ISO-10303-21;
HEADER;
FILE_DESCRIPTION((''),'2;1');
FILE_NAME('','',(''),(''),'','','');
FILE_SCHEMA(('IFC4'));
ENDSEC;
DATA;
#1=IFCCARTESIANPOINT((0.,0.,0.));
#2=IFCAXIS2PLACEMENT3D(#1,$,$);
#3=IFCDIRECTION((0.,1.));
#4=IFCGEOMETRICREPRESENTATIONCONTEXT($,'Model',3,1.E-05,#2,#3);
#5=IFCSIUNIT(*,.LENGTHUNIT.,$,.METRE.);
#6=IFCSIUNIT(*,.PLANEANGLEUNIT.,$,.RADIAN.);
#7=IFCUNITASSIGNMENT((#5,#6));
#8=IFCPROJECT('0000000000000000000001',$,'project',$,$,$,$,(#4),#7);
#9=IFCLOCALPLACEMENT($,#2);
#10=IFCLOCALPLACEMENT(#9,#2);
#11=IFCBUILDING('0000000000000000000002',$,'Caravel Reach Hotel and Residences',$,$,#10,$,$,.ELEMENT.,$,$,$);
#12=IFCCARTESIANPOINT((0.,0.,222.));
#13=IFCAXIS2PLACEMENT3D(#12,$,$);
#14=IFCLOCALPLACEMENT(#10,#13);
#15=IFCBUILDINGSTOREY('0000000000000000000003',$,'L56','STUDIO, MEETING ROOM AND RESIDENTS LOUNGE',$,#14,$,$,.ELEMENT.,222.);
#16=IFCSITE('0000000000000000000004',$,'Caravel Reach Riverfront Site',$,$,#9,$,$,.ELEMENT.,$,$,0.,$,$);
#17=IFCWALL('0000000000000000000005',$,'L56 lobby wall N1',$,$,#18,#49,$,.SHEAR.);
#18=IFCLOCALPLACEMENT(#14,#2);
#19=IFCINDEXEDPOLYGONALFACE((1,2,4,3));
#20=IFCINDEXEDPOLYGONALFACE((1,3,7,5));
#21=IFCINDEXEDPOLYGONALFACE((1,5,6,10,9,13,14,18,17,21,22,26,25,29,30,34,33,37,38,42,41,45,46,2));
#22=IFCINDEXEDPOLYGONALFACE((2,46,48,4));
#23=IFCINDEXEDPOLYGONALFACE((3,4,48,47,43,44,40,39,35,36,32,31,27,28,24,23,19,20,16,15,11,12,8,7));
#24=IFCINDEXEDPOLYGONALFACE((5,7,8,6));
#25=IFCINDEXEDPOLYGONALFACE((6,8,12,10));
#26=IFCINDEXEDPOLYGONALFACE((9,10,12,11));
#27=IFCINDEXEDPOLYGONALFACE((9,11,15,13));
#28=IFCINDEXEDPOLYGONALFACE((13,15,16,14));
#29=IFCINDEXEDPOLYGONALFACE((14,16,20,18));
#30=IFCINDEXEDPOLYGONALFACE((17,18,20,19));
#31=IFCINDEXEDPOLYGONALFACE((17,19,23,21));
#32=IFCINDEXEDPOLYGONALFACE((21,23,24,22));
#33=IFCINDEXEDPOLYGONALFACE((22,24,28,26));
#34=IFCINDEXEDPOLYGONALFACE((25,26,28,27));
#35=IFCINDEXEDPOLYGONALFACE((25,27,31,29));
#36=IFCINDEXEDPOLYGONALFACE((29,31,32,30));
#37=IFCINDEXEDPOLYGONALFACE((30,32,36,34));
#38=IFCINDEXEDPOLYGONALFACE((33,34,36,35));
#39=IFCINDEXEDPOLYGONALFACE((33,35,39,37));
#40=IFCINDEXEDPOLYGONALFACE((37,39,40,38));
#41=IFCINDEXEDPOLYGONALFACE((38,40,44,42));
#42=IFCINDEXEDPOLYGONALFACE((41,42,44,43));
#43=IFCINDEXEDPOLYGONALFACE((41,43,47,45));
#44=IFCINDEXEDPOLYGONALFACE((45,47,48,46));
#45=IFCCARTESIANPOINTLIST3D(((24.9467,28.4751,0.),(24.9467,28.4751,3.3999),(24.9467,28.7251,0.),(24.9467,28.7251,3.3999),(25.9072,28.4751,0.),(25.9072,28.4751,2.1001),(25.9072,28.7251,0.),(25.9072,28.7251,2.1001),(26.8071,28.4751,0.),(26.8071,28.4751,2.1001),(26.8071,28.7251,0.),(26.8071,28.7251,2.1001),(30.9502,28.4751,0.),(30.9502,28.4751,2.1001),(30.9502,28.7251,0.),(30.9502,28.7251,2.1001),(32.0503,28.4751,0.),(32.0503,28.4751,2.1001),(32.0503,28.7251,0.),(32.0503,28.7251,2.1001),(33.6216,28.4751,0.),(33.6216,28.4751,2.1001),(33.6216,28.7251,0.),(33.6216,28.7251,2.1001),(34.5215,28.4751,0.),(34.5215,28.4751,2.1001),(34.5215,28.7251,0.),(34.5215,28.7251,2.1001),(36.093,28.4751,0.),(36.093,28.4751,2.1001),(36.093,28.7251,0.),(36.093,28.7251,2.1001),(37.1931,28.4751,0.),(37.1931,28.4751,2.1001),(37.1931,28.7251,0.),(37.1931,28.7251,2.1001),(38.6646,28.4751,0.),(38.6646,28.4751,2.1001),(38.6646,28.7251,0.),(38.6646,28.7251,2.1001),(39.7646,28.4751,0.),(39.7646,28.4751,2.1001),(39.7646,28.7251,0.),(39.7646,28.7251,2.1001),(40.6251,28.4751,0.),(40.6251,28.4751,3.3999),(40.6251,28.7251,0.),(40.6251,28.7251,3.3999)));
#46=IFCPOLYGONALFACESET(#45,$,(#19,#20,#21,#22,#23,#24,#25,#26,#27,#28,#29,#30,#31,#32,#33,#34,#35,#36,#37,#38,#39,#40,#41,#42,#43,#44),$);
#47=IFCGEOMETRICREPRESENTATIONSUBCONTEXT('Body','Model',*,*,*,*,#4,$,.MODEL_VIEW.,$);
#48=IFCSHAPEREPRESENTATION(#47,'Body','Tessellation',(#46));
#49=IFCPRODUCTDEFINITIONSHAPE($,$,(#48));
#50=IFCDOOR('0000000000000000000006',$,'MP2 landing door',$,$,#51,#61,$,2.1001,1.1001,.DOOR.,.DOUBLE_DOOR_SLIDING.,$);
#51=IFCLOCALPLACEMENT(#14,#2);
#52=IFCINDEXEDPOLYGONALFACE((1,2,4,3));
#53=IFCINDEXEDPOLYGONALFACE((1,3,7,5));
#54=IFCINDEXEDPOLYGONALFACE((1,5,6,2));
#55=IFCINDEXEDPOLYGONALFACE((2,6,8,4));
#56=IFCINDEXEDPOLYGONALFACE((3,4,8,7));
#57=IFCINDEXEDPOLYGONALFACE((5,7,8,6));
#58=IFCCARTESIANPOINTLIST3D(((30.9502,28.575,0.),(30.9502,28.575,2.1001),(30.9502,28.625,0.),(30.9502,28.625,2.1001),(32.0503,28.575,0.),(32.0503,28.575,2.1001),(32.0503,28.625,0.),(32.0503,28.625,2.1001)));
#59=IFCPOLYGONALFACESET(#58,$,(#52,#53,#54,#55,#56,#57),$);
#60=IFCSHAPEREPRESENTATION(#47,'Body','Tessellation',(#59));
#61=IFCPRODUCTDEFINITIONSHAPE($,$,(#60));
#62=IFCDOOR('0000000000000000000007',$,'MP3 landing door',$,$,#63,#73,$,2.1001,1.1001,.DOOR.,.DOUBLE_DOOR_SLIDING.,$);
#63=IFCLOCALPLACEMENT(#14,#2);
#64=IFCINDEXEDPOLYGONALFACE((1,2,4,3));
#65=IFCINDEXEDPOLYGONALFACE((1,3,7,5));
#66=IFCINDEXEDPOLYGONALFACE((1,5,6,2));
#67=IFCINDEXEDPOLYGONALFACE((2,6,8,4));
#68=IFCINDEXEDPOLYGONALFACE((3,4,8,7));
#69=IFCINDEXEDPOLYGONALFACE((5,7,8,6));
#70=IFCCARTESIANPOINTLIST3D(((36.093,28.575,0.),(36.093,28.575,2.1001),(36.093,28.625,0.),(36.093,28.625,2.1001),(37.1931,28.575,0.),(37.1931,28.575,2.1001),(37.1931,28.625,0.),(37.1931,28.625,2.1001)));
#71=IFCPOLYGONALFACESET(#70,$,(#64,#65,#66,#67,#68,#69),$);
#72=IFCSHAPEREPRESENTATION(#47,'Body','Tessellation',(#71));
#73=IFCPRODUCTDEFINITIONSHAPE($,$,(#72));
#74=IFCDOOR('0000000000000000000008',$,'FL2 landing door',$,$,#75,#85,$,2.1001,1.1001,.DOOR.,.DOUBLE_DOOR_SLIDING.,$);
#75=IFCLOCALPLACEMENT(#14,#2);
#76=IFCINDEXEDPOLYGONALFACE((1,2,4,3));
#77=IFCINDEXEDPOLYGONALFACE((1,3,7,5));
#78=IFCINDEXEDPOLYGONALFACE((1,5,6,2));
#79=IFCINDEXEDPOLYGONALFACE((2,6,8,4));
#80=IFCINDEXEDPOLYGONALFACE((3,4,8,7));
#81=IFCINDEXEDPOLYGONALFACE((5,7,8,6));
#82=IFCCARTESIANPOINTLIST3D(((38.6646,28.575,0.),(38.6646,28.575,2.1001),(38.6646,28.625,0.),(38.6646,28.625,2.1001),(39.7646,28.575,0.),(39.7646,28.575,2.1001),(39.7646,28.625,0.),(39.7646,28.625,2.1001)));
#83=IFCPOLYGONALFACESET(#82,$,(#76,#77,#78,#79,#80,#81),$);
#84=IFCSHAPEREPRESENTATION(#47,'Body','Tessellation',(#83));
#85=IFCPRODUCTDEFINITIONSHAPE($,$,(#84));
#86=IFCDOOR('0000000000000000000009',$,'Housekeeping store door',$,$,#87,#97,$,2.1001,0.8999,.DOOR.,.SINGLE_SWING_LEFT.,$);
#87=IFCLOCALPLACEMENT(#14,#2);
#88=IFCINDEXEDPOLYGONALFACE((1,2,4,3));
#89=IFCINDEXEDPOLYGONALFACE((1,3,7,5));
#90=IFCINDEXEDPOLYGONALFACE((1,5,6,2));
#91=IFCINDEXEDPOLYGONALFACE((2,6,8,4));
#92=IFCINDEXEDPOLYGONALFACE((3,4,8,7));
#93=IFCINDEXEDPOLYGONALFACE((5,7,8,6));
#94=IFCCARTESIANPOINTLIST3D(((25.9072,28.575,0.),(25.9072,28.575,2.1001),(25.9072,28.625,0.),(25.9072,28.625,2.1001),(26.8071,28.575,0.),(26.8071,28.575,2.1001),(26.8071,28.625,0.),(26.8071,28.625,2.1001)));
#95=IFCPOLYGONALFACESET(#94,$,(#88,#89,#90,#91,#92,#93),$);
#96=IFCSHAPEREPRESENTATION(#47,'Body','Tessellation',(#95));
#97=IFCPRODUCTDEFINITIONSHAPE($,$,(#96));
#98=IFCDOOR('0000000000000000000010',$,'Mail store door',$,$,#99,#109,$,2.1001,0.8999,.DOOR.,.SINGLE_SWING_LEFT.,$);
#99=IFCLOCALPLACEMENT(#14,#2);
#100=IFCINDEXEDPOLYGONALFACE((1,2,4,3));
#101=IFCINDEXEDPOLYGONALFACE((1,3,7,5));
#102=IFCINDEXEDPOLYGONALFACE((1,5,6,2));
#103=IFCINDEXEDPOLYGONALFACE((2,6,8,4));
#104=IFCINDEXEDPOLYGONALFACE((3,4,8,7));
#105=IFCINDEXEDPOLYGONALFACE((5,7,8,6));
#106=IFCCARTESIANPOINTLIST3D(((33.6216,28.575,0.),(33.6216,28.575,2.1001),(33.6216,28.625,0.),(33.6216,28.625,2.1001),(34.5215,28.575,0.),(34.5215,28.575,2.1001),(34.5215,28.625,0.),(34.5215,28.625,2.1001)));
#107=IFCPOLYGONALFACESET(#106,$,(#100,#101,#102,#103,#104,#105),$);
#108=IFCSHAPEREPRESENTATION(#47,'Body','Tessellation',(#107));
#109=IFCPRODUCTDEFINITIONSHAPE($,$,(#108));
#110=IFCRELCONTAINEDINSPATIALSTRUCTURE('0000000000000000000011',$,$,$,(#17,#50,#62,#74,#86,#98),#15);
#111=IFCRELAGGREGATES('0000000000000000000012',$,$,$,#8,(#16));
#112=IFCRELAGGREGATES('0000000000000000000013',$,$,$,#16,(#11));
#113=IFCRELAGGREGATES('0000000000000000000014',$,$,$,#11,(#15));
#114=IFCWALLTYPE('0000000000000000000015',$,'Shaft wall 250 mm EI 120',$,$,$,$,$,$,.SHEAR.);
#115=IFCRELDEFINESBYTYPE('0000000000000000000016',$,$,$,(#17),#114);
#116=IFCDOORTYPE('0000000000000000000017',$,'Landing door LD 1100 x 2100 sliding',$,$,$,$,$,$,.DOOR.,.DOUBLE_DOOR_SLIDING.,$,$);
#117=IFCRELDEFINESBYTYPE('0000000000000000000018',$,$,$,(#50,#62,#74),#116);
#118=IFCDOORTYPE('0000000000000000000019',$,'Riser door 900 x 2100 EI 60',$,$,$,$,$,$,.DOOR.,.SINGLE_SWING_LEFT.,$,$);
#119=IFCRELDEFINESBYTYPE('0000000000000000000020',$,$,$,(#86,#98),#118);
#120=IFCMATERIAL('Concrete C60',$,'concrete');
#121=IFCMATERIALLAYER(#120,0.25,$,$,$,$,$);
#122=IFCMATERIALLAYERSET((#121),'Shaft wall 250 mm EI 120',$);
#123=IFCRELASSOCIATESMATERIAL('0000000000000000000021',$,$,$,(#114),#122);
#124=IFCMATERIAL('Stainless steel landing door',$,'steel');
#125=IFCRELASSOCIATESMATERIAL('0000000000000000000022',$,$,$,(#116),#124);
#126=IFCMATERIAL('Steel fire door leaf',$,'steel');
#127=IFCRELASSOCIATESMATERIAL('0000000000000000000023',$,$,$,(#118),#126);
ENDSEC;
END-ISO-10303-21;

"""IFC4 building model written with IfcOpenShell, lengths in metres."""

from ifc_helpers import new_model, si_unit, direction, frame, frame_2d, origin, place, context, subcontext, project, spatial, rectangle, extrude, material, layer, layer_set, type_object, element, fill, save


model = new_model("IFC4")

# Units and contexts
model_context = context("Model", 3, precision=1e-05, world=origin(), true_north=direction((0.0, 1.0)))
body_context = subcontext(model_context, "Body", "Model", "MODEL_VIEW")
ifc_project = project(units=[si_unit("LENGTHUNIT", "METRE"), si_unit("PLANEANGLEUNIT", "RADIAN")], contexts=[model_context])

# Site, building, storey
site_placement = place(None, origin())
site = spatial("IfcSite", under=ifc_project, at=site_placement, Name="Caravel Reach Riverfront Site", CompositionType="ELEMENT", RefElevation=0.0)
building_placement = place(site_placement, origin())
building = spatial("IfcBuilding", under=site, at=building_placement, Name="Caravel Reach Hotel and Residences", CompositionType="ELEMENT")
storey_placement = place(building_placement, frame((0.0, 0.0, 222.0)))
storey = spatial("IfcBuildingStorey", under=building, at=storey_placement, Name="L56", Description="STUDIO, MEETING ROOM AND RESIDENTS LOUNGE", CompositionType="ELEMENT", Elevation=222.0)

# Wall, openings, doors
ifc_material_1 = material(Name="Concrete C60", Category="concrete")
ifc_layer_1 = layer(ifc_material_1, 0.25)
ifc_layer_set_1 = layer_set([ifc_layer_1], Name="Shaft wall 250 mm EI 120")
wall_type_1 = type_object("IfcWallType", Name="Shaft wall 250 mm EI 120", PredefinedType="SHEAR", material=ifc_layer_set_1)
ifc_material_2 = material(Name="Stainless steel landing door", Category="steel")
door_type_1 = type_object("IfcDoorType", Name="Landing door LD 1100 x 2100 sliding", OperationType="DOUBLE_DOOR_SLIDING", PredefinedType="DOOR", material=ifc_material_2)
ifc_material_3 = material(Name="Steel fire door leaf", Category="steel")
door_type_2 = type_object("IfcDoorType", Name="Riser door 900 x 2100 EI 60", OperationType="SINGLE_SWING_LEFT", PredefinedType="DOOR", material=ifc_material_3)
wall_1_placement = place(storey_placement, frame((24.9465, 28.6001, 0.0), z_axis=(0.0, 0.0, 1.0), x_axis=(1.0, 0.0, 0.0)))
wall_1 = element("IfcWall", 1, at=wall_1_placement, inside=storey, type_object=wall_type_1, Name="L56 lobby wall N1", PredefinedType="SHEAR", context=body_context, shape_type="SweptSolid", body=[
    extrude(rectangle(XDim=15.6785, YDim=0.25, at=frame_2d((7.8394, 0.0))), origin(), (0.0, 0.0, 1.0), 3.3999),
])
opening_1_placement = place(wall_1_placement, frame((6.0037, 0.0, 0.0)))
opening_1 = element("IfcOpeningElement", 2, at=opening_1_placement, cuts=wall_1, PredefinedType="OPENING", context=body_context, shape_type="SweptSolid", body=[
    extrude(rectangle(XDim=1.1001, YDim=2.1001, at=frame_2d((0.55, 1.05))), frame((0.0, 0.135, 0.0), z_axis=(0.0, -1.0, 0.0), x_axis=(1.0, 0.0, 0.0)), (0.0, 0.0, 1.0), 0.27),
])
opening_2_placement = place(wall_1_placement, frame((11.1465, 0.0, 0.0)))
opening_2 = element("IfcOpeningElement", 3, at=opening_2_placement, cuts=wall_1, PredefinedType="OPENING", context=body_context, shape_type="SweptSolid", body=[
    extrude(rectangle(XDim=1.1001, YDim=2.1001, at=frame_2d((0.55, 1.05))), frame((0.0, 0.135, 0.0), z_axis=(0.0, -1.0, 0.0), x_axis=(1.0, 0.0, 0.0)), (0.0, 0.0, 1.0), 0.27),
])
opening_3_placement = place(wall_1_placement, frame((13.718, 0.0, 0.0)))
opening_3 = element("IfcOpeningElement", 4, at=opening_3_placement, cuts=wall_1, PredefinedType="OPENING", context=body_context, shape_type="SweptSolid", body=[
    extrude(rectangle(XDim=1.1001, YDim=2.1001, at=frame_2d((0.55, 1.05))), frame((0.0, 0.135, 0.0), z_axis=(0.0, -1.0, 0.0), x_axis=(1.0, 0.0, 0.0)), (0.0, 0.0, 1.0), 0.27),
])
opening_4_placement = place(wall_1_placement, frame((0.9607, 0.0, 0.0)))
opening_4 = element("IfcOpeningElement", 5, at=opening_4_placement, cuts=wall_1, PredefinedType="OPENING", context=body_context, shape_type="SweptSolid", body=[
    extrude(rectangle(XDim=0.8999, YDim=2.1001, at=frame_2d((0.45, 1.05))), frame((0.0, 0.135, 0.0), z_axis=(0.0, -1.0, 0.0), x_axis=(1.0, 0.0, 0.0)), (0.0, 0.0, 1.0), 0.27),
])
opening_5_placement = place(wall_1_placement, frame((8.675, 0.0, 0.0)))
opening_5 = element("IfcOpeningElement", 6, at=opening_5_placement, cuts=wall_1, PredefinedType="OPENING", context=body_context, shape_type="SweptSolid", body=[
    extrude(rectangle(XDim=0.8999, YDim=2.1001, at=frame_2d((0.45, 1.05))), frame((0.0, 0.135, 0.0), z_axis=(0.0, -1.0, 0.0), x_axis=(1.0, 0.0, 0.0)), (0.0, 0.0, 1.0), 0.27),
])
door_1_placement = place(opening_1_placement, origin())
door_1 = element("IfcDoor", 7, at=door_1_placement, inside=storey, type_object=door_type_1, Name="MP2 landing door", OperationType="DOUBLE_DOOR_SLIDING", OverallHeight=2.1001, OverallWidth=1.1001, PredefinedType="DOOR", context=body_context, shape_type="SweptSolid", body=[
    extrude(rectangle(XDim=1.1001, YDim=2.1001, at=frame_2d((0.55, 1.05))), frame((0.0, 0.0249, 0.0), z_axis=(0.0, -1.0, 0.0), x_axis=(1.0, 0.0, 0.0)), (0.0, 0.0, 1.0), 0.05),
])
fill(opening_1, door_1)
door_2_placement = place(opening_2_placement, origin())
door_2 = element("IfcDoor", 8, at=door_2_placement, inside=storey, type_object=door_type_1, Name="MP3 landing door", OperationType="DOUBLE_DOOR_SLIDING", OverallHeight=2.1001, OverallWidth=1.1001, PredefinedType="DOOR", context=body_context, shape_type="SweptSolid", body=[
    extrude(rectangle(XDim=1.1001, YDim=2.1001, at=frame_2d((0.55, 1.05))), frame((0.0, 0.0249, 0.0), z_axis=(0.0, -1.0, 0.0), x_axis=(1.0, 0.0, 0.0)), (0.0, 0.0, 1.0), 0.05),
])
fill(opening_2, door_2)
door_3_placement = place(opening_3_placement, origin())
door_3 = element("IfcDoor", 9, at=door_3_placement, inside=storey, type_object=door_type_1, Name="FL2 landing door", OperationType="DOUBLE_DOOR_SLIDING", OverallHeight=2.1001, OverallWidth=1.1001, PredefinedType="DOOR", context=body_context, shape_type="SweptSolid", body=[
    extrude(rectangle(XDim=1.1001, YDim=2.1001, at=frame_2d((0.55, 1.05))), frame((0.0, 0.0249, 0.0), z_axis=(0.0, -1.0, 0.0), x_axis=(1.0, 0.0, 0.0)), (0.0, 0.0, 1.0), 0.05),
])
fill(opening_3, door_3)
door_4_placement = place(opening_4_placement, origin())
door_4 = element("IfcDoor", 10, at=door_4_placement, inside=storey, type_object=door_type_2, Name="Housekeeping store door", OperationType="SINGLE_SWING_LEFT", OverallHeight=2.1001, OverallWidth=0.8999, PredefinedType="DOOR", context=body_context, shape_type="SweptSolid", body=[
    extrude(rectangle(XDim=0.8999, YDim=2.1001, at=frame_2d((0.45, 1.05))), frame((0.0, 0.0249, 0.0), z_axis=(0.0, -1.0, 0.0), x_axis=(1.0, 0.0, 0.0)), (0.0, 0.0, 1.0), 0.05),
])
fill(opening_4, door_4)
door_5_placement = place(opening_5_placement, origin())
door_5 = element("IfcDoor", 11, at=door_5_placement, inside=storey, type_object=door_type_2, Name="Mail store door", OperationType="SINGLE_SWING_LEFT", OverallHeight=2.1001, OverallWidth=0.8999, PredefinedType="DOOR", context=body_context, shape_type="SweptSolid", body=[
    extrude(rectangle(XDim=0.8999, YDim=2.1001, at=frame_2d((0.45, 1.05))), frame((0.0, 0.0249, 0.0), z_axis=(0.0, -1.0, 0.0), x_axis=(1.0, 0.0, 0.0)), (0.0, 0.0, 1.0), 0.05),
])
fill(opening_5, door_5)

save(model, "model.ifc")
